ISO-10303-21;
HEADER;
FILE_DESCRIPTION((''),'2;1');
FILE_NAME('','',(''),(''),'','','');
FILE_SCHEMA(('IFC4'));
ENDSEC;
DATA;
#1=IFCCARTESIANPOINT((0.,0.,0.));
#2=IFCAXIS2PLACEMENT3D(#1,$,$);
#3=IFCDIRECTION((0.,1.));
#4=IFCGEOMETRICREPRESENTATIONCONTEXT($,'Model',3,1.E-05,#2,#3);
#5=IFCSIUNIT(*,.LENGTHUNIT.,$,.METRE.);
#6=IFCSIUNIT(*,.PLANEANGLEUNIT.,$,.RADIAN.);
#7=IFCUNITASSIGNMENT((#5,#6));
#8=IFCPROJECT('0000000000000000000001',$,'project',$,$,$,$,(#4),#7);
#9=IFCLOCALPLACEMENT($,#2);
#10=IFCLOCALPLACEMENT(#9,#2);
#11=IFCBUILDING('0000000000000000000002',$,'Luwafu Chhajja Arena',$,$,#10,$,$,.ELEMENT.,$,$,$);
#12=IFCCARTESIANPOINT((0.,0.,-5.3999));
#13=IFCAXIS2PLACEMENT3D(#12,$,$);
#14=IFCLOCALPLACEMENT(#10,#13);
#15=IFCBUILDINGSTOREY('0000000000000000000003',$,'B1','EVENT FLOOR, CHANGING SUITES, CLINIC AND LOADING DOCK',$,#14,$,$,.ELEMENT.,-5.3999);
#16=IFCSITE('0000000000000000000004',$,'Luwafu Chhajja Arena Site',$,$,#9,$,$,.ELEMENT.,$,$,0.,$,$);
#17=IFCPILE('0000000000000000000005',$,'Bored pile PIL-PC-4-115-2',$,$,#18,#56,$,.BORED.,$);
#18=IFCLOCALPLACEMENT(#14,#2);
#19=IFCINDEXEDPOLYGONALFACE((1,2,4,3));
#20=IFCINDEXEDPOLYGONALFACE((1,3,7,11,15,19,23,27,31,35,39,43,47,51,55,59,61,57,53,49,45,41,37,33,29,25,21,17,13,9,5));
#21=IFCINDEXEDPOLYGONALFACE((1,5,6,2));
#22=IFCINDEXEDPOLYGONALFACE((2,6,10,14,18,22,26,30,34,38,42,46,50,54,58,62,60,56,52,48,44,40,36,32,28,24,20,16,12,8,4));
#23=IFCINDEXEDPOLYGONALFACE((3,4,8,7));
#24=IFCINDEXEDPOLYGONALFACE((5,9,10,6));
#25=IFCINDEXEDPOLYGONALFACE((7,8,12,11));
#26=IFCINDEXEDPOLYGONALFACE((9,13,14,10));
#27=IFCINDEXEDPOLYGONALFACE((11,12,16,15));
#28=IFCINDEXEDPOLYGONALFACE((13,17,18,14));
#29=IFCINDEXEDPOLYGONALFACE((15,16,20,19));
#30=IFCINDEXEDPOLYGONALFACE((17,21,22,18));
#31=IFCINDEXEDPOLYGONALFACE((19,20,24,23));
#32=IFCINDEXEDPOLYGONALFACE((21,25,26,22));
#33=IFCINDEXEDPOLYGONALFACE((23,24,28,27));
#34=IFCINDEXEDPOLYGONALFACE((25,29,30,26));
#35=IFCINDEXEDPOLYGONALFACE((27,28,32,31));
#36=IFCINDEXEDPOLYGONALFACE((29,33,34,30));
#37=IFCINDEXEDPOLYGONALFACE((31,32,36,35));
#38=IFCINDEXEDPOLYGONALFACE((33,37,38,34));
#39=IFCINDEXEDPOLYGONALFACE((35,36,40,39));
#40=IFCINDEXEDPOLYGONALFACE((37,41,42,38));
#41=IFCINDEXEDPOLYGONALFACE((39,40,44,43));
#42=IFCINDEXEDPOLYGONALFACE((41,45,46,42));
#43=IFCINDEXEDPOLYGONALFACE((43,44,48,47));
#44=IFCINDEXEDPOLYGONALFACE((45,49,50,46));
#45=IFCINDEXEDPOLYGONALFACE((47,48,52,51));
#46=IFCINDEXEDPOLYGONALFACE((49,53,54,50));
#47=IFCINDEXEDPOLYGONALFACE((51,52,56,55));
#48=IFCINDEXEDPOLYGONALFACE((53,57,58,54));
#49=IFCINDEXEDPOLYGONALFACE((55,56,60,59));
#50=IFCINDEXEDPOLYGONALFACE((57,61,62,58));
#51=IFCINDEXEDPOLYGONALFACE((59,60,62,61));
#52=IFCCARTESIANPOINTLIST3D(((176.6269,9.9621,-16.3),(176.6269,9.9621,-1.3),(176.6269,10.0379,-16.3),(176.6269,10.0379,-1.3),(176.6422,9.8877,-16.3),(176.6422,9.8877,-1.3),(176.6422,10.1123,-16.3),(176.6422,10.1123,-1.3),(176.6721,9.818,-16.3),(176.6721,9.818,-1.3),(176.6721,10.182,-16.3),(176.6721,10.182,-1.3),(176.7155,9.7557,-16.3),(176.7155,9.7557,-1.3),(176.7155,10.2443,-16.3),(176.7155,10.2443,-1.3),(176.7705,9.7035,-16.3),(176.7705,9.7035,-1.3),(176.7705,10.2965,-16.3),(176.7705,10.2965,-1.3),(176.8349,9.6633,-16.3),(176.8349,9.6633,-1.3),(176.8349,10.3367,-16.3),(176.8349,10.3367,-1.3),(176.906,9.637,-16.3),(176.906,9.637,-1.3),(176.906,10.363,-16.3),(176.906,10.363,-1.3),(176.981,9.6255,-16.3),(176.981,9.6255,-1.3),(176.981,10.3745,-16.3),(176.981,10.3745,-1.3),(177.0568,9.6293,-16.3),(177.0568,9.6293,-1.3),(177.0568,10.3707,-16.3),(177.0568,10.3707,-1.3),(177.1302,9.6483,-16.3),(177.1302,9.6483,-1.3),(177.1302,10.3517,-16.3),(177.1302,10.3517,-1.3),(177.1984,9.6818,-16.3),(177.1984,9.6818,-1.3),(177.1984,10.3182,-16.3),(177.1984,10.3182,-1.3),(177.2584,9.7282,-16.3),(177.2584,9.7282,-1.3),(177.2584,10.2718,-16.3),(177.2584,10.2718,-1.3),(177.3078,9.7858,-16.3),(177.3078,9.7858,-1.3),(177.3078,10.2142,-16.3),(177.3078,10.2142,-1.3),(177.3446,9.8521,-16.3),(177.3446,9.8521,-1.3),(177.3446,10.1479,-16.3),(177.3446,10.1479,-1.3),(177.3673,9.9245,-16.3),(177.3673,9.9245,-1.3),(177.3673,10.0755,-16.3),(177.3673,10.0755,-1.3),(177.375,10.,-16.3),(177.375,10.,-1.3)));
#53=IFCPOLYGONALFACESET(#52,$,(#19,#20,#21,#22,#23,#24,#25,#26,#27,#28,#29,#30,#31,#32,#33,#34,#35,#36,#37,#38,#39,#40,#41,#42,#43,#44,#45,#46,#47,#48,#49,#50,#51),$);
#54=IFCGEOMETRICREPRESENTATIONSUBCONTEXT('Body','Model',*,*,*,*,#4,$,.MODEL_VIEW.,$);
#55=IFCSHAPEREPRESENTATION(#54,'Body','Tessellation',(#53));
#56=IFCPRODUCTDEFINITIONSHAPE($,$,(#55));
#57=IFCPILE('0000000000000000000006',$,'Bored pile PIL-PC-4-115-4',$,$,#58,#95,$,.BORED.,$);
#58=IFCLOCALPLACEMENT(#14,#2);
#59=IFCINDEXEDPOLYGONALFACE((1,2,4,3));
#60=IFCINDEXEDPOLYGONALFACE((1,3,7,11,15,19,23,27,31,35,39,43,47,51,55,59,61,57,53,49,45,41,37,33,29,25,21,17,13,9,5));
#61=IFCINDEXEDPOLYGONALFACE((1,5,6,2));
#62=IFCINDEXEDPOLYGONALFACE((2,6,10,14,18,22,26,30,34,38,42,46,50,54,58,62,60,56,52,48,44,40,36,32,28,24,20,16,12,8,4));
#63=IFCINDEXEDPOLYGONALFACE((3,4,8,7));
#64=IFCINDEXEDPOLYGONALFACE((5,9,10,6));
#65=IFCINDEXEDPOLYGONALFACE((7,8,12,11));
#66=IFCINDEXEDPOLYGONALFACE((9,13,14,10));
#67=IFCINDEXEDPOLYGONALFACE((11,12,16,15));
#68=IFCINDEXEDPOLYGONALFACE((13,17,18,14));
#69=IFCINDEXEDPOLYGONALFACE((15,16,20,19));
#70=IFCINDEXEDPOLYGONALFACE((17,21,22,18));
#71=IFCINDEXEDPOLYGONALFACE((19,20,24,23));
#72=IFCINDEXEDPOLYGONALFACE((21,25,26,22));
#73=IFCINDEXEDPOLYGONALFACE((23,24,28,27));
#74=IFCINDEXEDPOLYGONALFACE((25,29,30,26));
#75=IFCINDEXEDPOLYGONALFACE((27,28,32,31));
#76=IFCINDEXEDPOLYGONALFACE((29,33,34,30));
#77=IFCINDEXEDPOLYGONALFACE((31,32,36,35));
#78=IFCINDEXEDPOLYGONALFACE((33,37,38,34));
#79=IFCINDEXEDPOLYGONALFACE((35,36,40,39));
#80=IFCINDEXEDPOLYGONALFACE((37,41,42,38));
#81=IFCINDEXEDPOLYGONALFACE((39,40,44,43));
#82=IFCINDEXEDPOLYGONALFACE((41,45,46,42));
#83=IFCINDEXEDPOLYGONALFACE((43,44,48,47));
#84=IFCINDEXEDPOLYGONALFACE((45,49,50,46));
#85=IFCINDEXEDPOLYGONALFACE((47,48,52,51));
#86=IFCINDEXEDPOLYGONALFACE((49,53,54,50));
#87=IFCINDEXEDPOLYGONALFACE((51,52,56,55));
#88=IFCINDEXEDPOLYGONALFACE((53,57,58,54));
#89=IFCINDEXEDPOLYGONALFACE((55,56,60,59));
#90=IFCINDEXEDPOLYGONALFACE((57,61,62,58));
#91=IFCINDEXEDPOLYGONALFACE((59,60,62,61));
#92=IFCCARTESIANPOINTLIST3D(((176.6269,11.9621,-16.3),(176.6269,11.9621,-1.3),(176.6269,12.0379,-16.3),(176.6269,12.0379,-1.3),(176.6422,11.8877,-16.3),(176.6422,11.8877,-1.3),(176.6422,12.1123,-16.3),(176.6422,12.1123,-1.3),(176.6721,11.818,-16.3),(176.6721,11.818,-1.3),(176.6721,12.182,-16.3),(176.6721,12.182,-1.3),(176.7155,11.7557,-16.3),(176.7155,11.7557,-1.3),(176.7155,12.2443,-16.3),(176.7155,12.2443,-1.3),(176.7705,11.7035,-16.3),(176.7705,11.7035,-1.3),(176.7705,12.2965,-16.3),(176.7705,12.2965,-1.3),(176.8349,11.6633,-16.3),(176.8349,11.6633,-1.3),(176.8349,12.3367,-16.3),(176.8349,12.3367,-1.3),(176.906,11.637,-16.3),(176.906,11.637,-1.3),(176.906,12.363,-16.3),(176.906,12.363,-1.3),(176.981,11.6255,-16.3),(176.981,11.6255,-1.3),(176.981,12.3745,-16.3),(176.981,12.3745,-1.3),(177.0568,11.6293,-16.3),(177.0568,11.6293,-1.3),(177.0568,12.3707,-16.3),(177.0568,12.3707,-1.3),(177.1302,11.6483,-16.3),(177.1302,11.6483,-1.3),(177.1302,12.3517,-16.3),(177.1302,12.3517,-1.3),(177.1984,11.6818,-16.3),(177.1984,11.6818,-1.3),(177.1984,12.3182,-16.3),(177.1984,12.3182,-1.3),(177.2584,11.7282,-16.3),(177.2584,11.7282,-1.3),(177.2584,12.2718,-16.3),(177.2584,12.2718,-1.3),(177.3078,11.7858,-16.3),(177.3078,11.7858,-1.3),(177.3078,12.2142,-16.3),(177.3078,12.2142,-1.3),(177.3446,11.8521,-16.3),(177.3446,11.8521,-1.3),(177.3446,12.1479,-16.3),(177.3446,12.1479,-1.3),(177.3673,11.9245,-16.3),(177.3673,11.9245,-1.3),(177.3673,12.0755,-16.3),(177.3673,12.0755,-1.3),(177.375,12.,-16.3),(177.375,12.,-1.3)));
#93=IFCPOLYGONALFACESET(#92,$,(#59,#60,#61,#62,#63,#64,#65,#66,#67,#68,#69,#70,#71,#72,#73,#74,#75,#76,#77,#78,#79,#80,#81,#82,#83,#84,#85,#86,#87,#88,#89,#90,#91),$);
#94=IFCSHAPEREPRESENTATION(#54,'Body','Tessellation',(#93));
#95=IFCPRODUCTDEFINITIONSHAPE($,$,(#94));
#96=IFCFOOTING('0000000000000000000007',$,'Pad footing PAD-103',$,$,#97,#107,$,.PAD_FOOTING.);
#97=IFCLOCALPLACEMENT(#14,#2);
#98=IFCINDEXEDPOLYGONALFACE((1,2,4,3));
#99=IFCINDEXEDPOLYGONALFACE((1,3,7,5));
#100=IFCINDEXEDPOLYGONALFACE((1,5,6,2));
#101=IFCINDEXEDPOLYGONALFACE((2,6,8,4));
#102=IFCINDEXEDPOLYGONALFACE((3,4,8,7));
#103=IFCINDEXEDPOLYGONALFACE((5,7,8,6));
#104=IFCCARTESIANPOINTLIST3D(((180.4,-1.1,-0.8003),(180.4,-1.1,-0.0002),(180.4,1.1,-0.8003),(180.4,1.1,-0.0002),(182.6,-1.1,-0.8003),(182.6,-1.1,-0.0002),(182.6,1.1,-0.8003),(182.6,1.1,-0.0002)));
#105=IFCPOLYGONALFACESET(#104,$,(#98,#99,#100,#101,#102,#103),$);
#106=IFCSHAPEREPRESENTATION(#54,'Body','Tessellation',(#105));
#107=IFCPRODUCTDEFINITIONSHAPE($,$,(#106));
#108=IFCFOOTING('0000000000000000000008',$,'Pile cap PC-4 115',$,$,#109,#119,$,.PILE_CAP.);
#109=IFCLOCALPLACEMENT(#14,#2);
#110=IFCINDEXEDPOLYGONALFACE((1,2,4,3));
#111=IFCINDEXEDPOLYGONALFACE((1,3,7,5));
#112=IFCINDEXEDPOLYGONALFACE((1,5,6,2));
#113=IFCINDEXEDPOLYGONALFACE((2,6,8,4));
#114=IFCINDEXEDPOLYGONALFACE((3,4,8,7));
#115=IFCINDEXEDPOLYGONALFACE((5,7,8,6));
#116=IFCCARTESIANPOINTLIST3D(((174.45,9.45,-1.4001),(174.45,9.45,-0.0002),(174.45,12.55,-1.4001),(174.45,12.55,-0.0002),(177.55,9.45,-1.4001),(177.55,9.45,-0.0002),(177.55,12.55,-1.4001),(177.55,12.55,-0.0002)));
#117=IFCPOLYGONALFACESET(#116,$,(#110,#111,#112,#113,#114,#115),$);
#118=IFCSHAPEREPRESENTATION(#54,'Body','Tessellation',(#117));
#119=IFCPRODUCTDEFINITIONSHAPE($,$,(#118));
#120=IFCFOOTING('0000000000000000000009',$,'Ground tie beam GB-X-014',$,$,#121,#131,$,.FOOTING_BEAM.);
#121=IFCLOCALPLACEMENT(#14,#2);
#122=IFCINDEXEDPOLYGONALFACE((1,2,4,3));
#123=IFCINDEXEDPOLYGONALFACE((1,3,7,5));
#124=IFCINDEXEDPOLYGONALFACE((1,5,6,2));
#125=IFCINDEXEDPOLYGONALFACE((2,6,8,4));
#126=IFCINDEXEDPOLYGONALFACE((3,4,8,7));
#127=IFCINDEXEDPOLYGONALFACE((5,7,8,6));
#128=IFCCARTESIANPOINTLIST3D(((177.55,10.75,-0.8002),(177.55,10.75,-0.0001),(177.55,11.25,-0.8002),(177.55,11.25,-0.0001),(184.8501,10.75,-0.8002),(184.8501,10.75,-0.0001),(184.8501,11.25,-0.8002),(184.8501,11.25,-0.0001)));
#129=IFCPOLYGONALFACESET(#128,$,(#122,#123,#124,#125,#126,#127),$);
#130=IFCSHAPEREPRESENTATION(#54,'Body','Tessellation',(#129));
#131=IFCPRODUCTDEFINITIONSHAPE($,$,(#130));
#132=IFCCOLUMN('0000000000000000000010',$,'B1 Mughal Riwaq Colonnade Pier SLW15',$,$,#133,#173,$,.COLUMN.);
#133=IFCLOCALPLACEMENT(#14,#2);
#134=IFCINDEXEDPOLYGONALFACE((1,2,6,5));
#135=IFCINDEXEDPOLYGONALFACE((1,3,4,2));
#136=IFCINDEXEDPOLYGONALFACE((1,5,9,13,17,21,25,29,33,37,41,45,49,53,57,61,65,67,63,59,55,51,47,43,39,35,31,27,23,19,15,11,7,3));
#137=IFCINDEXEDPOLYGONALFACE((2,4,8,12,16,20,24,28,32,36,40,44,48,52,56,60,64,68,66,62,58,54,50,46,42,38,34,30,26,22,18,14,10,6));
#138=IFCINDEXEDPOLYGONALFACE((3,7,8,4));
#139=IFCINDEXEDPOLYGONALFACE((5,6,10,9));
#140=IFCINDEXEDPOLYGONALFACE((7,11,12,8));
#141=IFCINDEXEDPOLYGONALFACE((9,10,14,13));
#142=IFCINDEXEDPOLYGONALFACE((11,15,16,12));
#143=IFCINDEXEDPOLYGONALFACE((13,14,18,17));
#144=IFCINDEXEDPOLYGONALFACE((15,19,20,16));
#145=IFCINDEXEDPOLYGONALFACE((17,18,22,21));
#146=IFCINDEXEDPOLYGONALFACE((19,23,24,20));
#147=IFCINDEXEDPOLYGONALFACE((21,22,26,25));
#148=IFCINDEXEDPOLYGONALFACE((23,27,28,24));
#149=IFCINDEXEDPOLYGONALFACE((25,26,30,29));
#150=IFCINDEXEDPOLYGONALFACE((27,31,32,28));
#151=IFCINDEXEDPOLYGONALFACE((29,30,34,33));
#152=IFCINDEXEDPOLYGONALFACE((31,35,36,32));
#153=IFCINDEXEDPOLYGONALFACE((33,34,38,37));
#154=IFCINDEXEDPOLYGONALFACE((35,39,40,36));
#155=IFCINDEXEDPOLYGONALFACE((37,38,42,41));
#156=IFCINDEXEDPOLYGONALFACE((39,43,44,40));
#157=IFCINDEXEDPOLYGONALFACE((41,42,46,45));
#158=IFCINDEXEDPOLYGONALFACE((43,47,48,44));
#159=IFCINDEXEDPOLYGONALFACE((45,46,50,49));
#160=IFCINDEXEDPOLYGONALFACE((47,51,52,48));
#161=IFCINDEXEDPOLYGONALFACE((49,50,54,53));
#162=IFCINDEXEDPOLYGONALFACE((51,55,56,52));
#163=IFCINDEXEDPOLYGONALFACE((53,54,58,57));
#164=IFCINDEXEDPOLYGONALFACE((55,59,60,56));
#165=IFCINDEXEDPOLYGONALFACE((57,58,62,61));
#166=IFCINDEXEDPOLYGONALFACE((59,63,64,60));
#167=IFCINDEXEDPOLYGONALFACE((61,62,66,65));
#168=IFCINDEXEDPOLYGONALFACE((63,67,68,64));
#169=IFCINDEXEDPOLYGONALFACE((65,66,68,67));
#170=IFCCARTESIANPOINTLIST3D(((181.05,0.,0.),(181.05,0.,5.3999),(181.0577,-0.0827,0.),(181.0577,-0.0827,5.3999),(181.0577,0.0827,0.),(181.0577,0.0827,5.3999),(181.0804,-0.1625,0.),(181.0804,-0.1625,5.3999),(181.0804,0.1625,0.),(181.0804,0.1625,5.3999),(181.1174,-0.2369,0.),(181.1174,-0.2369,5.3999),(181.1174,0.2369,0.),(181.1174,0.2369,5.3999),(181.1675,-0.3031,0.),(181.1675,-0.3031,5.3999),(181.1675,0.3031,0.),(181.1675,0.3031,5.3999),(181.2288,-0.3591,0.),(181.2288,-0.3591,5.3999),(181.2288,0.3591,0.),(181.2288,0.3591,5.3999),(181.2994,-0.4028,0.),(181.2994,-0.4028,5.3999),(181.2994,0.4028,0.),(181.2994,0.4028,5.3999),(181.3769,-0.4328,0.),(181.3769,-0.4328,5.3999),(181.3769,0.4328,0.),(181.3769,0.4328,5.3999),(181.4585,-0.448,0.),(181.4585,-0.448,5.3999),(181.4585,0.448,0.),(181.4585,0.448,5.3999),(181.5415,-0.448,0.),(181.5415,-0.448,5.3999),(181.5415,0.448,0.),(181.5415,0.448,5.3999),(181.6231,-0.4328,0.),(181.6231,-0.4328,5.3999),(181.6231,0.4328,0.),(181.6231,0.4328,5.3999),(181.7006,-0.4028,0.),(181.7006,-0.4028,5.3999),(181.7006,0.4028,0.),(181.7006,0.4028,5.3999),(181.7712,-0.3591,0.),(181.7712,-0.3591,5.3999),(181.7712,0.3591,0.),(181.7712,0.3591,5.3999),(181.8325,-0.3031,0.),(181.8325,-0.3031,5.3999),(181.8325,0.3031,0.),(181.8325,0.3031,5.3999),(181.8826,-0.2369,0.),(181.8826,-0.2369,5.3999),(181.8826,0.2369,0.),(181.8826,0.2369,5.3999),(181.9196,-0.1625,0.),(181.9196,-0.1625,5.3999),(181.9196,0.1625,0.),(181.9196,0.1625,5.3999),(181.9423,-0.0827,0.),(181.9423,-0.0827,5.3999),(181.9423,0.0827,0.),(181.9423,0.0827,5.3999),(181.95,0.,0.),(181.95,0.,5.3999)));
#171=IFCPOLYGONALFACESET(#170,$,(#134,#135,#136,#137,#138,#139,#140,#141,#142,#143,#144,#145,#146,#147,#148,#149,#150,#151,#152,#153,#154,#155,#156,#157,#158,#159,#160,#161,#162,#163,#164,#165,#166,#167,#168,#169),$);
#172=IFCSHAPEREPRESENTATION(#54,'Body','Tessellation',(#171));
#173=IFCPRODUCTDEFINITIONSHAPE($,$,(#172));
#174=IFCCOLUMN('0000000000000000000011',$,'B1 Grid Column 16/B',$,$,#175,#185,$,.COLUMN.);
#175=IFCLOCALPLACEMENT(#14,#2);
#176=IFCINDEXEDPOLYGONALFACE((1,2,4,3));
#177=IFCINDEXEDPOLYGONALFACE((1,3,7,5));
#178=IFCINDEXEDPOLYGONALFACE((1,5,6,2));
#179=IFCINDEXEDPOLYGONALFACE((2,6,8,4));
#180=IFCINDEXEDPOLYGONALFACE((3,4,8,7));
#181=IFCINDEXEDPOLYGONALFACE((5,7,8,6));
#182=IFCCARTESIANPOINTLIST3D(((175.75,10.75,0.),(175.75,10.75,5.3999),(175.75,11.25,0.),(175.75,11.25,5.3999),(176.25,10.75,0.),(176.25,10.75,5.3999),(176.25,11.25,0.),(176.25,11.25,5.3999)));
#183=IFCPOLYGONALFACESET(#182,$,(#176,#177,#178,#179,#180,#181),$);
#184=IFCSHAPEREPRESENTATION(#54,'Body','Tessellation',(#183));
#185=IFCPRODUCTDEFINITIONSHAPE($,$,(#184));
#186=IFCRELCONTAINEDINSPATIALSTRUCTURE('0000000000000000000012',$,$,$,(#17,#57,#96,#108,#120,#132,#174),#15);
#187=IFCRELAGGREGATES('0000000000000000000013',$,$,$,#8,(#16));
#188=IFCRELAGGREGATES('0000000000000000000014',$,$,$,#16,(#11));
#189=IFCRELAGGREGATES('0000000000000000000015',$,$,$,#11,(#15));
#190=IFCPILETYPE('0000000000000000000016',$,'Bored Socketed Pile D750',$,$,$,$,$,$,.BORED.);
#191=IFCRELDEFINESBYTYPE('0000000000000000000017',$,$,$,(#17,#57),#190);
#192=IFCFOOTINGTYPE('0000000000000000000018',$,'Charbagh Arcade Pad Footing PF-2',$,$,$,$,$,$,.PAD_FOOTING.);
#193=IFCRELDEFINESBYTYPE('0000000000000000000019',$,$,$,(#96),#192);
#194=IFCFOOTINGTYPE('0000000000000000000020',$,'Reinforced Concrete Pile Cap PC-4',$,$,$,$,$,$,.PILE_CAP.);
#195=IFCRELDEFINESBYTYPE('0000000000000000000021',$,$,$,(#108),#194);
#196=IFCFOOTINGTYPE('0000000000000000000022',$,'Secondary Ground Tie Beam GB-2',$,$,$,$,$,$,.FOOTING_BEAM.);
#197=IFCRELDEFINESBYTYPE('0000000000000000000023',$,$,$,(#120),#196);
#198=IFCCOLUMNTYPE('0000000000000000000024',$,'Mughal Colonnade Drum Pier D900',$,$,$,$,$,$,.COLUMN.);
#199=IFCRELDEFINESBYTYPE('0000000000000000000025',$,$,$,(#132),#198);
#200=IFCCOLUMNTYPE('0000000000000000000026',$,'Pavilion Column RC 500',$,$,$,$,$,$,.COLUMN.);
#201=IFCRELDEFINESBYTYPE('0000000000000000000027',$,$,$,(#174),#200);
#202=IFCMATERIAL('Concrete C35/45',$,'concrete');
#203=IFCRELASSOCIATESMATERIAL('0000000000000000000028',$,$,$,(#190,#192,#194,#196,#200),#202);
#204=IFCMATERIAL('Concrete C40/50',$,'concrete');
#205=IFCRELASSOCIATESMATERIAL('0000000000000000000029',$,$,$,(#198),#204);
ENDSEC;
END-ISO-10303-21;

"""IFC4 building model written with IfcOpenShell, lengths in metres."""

from ifc_helpers import new_model, si_unit, direction, frame, origin, origin_2d, place, context, subcontext, project, spatial, rectangle, circle, extrude, material, material_profile, profile_set, type_object, element, save


model = new_model("IFC4")

# Units and contexts
model_context = context("Model", 3, precision=1e-05, world=origin(), true_north=direction((0.0, 1.0)))
body_context = subcontext(model_context, "Body", "Model", "MODEL_VIEW")
ifc_project = project(units=[si_unit("LENGTHUNIT", "METRE"), si_unit("PLANEANGLEUNIT", "RADIAN")], contexts=[model_context])

# Site, building, storey
site_placement = place(None, origin())
site = spatial("IfcSite", under=ifc_project, at=site_placement, Name="Luwafu Chhajja Arena Site", CompositionType="ELEMENT", RefElevation=0.0)
building_placement = place(site_placement, origin())
building = spatial("IfcBuilding", under=site, at=building_placement, Name="Luwafu Chhajja Arena", CompositionType="ELEMENT")
storey_placement = place(building_placement, frame((0.0, 0.0, -5.3999)))
storey = spatial("IfcBuildingStorey", under=building, at=storey_placement, Name="B1", Description="EVENT FLOOR, CHANGING SUITES, CLINIC AND LOADING DOCK", CompositionType="ELEMENT", Elevation=-5.3999)

# Piles
ifc_material_1 = material(Name="Concrete C35/45", Category="concrete")
ifc_material_profile_1 = material_profile(ifc_material_1, circle(Radius=0.375, at=origin_2d()), Name="PILE D750")
ifc_profile_set_1 = profile_set([ifc_material_profile_1], Name="Concrete C35/45")
pile_type = type_object("IfcPileType", Name="Bored Socketed Pile D750", PredefinedType="BORED", material=ifc_profile_set_1)
for number, where, z_axis, x_axis, name in (
    (1, (177.0, 10.0, -1.3), (0.0, 0.0, -1.0), (1.0, 0.0, 0.0), "Bored pile PIL-PC-4-115-2"),
    (2, (177.0, 12.0, -1.3), (0.0, 0.0, -1.0), (1.0, 0.0, 0.0), "Bored pile PIL-PC-4-115-4"),
):
    element("IfcPile", number, at=place(storey_placement, frame(where, z_axis=z_axis, x_axis=x_axis)), inside=storey, type_object=pile_type, Name=name, PredefinedType="BORED", context=body_context, shape_type="SweptSolid", body=[
        extrude(circle(Radius=0.375, at=origin_2d()), origin(), (0.0, 0.0, 1.0), 15.0),
    ])

# Footings
footing_type_1 = type_object("IfcFootingType", Name="Charbagh Arcade Pad Footing PF-2", PredefinedType="PAD_FOOTING", material=ifc_material_1)
footing_1_placement = place(storey_placement, frame((181.5, 0.0, -0.8003), z_axis=(0.0, 0.0, 1.0), x_axis=(1.0, 0.0, 0.0)))
element("IfcFooting", 3, at=footing_1_placement, inside=storey, type_object=footing_type_1, Name="Pad footing PAD-103", PredefinedType="PAD_FOOTING", context=body_context, shape_type="SweptSolid", body=[
    extrude(rectangle(XDim=2.2, YDim=2.2, at=origin_2d()), origin(), (0.0, 0.0, 1.0), 0.8),
])
footing_type_2 = type_object("IfcFootingType", Name="Reinforced Concrete Pile Cap PC-4", PredefinedType="PILE_CAP", material=ifc_material_1)
footing_2_placement = place(storey_placement, frame((176.0, 11.0, -1.4001), z_axis=(0.0, 0.0, 1.0), x_axis=(1.0, 0.0, 0.0)))
element("IfcFooting", 4, at=footing_2_placement, inside=storey, type_object=footing_type_2, Name="Pile cap PC-4 115", PredefinedType="PILE_CAP", context=body_context, shape_type="SweptSolid", body=[
    extrude(rectangle(XDim=3.1001, YDim=3.1001, at=origin_2d()), origin(), (0.0, 0.0, 1.0), 1.3999),
])
ifc_material_profile_2 = material_profile(ifc_material_1, rectangle(XDim=0.5, YDim=0.8, at=origin_2d()), Name="RC 500x800")
ifc_profile_set_2 = profile_set([ifc_material_profile_2], Name="Concrete C35/45")
footing_type_3 = type_object("IfcFootingType", Name="Secondary Ground Tie Beam GB-2", PredefinedType="FOOTING_BEAM", material=ifc_profile_set_2)
footing_3_placement = place(storey_placement, frame((177.55, 11.0, -0.4001), z_axis=(1.0, 0.0, 0.0), x_axis=(0.0, 1.0, 0.0)))
element("IfcFooting", 5, at=footing_3_placement, inside=storey, type_object=footing_type_3, Name="Ground tie beam GB-X-014", PredefinedType="FOOTING_BEAM", context=body_context, shape_type="SweptSolid", body=[
    extrude(rectangle(XDim=0.5, YDim=0.8, at=origin_2d()), origin(), (0.0, 0.0, 1.0), 7.3),
])

# Columns
ifc_material_2 = material(Name="Concrete C40/50", Category="concrete")
ifc_material_profile_3 = material_profile(ifc_material_2, circle(Radius=0.45, at=origin_2d()), Name="RC COL D900")
ifc_profile_set_3 = profile_set([ifc_material_profile_3], Name="Concrete C40/50")
column_type_1 = type_object("IfcColumnType", Name="Mughal Colonnade Drum Pier D900", PredefinedType="COLUMN", material=ifc_profile_set_3)
column_1_placement = place(storey_placement, frame((181.5, 0.0, 0.0), z_axis=(0.0, 0.0, 1.0), x_axis=(1.0, 0.0, 0.0)))
element("IfcColumn", 6, at=column_1_placement, inside=storey, type_object=column_type_1, Name="B1 Mughal Riwaq Colonnade Pier SLW15", PredefinedType="COLUMN", context=body_context, shape_type="SweptSolid", body=[
    extrude(circle(Radius=0.45, at=origin_2d()), origin(), (0.0, 0.0, 1.0), 5.3999),
])
ifc_material_profile_4 = material_profile(ifc_material_1, rectangle(XDim=0.5, YDim=0.5, at=origin_2d()), Name="RC 500x500")
ifc_profile_set_4 = profile_set([ifc_material_profile_4], Name="Concrete C35/45")
column_type_2 = type_object("IfcColumnType", Name="Pavilion Column RC 500", PredefinedType="COLUMN", material=ifc_profile_set_4)
column_2_placement = place(storey_placement, frame((176.0, 11.0, 0.0), z_axis=(0.0, 0.0, 1.0), x_axis=(1.0, 0.0, 0.0)))
element("IfcColumn", 7, at=column_2_placement, inside=storey, type_object=column_type_2, Name="B1 Grid Column 16/B", PredefinedType="COLUMN", context=body_context, shape_type="SweptSolid", body=[
    extrude(rectangle(XDim=0.5, YDim=0.5, at=origin_2d()), origin(), (0.0, 0.0, 1.0), 5.3999),
])

save(model, "model.ifc")
